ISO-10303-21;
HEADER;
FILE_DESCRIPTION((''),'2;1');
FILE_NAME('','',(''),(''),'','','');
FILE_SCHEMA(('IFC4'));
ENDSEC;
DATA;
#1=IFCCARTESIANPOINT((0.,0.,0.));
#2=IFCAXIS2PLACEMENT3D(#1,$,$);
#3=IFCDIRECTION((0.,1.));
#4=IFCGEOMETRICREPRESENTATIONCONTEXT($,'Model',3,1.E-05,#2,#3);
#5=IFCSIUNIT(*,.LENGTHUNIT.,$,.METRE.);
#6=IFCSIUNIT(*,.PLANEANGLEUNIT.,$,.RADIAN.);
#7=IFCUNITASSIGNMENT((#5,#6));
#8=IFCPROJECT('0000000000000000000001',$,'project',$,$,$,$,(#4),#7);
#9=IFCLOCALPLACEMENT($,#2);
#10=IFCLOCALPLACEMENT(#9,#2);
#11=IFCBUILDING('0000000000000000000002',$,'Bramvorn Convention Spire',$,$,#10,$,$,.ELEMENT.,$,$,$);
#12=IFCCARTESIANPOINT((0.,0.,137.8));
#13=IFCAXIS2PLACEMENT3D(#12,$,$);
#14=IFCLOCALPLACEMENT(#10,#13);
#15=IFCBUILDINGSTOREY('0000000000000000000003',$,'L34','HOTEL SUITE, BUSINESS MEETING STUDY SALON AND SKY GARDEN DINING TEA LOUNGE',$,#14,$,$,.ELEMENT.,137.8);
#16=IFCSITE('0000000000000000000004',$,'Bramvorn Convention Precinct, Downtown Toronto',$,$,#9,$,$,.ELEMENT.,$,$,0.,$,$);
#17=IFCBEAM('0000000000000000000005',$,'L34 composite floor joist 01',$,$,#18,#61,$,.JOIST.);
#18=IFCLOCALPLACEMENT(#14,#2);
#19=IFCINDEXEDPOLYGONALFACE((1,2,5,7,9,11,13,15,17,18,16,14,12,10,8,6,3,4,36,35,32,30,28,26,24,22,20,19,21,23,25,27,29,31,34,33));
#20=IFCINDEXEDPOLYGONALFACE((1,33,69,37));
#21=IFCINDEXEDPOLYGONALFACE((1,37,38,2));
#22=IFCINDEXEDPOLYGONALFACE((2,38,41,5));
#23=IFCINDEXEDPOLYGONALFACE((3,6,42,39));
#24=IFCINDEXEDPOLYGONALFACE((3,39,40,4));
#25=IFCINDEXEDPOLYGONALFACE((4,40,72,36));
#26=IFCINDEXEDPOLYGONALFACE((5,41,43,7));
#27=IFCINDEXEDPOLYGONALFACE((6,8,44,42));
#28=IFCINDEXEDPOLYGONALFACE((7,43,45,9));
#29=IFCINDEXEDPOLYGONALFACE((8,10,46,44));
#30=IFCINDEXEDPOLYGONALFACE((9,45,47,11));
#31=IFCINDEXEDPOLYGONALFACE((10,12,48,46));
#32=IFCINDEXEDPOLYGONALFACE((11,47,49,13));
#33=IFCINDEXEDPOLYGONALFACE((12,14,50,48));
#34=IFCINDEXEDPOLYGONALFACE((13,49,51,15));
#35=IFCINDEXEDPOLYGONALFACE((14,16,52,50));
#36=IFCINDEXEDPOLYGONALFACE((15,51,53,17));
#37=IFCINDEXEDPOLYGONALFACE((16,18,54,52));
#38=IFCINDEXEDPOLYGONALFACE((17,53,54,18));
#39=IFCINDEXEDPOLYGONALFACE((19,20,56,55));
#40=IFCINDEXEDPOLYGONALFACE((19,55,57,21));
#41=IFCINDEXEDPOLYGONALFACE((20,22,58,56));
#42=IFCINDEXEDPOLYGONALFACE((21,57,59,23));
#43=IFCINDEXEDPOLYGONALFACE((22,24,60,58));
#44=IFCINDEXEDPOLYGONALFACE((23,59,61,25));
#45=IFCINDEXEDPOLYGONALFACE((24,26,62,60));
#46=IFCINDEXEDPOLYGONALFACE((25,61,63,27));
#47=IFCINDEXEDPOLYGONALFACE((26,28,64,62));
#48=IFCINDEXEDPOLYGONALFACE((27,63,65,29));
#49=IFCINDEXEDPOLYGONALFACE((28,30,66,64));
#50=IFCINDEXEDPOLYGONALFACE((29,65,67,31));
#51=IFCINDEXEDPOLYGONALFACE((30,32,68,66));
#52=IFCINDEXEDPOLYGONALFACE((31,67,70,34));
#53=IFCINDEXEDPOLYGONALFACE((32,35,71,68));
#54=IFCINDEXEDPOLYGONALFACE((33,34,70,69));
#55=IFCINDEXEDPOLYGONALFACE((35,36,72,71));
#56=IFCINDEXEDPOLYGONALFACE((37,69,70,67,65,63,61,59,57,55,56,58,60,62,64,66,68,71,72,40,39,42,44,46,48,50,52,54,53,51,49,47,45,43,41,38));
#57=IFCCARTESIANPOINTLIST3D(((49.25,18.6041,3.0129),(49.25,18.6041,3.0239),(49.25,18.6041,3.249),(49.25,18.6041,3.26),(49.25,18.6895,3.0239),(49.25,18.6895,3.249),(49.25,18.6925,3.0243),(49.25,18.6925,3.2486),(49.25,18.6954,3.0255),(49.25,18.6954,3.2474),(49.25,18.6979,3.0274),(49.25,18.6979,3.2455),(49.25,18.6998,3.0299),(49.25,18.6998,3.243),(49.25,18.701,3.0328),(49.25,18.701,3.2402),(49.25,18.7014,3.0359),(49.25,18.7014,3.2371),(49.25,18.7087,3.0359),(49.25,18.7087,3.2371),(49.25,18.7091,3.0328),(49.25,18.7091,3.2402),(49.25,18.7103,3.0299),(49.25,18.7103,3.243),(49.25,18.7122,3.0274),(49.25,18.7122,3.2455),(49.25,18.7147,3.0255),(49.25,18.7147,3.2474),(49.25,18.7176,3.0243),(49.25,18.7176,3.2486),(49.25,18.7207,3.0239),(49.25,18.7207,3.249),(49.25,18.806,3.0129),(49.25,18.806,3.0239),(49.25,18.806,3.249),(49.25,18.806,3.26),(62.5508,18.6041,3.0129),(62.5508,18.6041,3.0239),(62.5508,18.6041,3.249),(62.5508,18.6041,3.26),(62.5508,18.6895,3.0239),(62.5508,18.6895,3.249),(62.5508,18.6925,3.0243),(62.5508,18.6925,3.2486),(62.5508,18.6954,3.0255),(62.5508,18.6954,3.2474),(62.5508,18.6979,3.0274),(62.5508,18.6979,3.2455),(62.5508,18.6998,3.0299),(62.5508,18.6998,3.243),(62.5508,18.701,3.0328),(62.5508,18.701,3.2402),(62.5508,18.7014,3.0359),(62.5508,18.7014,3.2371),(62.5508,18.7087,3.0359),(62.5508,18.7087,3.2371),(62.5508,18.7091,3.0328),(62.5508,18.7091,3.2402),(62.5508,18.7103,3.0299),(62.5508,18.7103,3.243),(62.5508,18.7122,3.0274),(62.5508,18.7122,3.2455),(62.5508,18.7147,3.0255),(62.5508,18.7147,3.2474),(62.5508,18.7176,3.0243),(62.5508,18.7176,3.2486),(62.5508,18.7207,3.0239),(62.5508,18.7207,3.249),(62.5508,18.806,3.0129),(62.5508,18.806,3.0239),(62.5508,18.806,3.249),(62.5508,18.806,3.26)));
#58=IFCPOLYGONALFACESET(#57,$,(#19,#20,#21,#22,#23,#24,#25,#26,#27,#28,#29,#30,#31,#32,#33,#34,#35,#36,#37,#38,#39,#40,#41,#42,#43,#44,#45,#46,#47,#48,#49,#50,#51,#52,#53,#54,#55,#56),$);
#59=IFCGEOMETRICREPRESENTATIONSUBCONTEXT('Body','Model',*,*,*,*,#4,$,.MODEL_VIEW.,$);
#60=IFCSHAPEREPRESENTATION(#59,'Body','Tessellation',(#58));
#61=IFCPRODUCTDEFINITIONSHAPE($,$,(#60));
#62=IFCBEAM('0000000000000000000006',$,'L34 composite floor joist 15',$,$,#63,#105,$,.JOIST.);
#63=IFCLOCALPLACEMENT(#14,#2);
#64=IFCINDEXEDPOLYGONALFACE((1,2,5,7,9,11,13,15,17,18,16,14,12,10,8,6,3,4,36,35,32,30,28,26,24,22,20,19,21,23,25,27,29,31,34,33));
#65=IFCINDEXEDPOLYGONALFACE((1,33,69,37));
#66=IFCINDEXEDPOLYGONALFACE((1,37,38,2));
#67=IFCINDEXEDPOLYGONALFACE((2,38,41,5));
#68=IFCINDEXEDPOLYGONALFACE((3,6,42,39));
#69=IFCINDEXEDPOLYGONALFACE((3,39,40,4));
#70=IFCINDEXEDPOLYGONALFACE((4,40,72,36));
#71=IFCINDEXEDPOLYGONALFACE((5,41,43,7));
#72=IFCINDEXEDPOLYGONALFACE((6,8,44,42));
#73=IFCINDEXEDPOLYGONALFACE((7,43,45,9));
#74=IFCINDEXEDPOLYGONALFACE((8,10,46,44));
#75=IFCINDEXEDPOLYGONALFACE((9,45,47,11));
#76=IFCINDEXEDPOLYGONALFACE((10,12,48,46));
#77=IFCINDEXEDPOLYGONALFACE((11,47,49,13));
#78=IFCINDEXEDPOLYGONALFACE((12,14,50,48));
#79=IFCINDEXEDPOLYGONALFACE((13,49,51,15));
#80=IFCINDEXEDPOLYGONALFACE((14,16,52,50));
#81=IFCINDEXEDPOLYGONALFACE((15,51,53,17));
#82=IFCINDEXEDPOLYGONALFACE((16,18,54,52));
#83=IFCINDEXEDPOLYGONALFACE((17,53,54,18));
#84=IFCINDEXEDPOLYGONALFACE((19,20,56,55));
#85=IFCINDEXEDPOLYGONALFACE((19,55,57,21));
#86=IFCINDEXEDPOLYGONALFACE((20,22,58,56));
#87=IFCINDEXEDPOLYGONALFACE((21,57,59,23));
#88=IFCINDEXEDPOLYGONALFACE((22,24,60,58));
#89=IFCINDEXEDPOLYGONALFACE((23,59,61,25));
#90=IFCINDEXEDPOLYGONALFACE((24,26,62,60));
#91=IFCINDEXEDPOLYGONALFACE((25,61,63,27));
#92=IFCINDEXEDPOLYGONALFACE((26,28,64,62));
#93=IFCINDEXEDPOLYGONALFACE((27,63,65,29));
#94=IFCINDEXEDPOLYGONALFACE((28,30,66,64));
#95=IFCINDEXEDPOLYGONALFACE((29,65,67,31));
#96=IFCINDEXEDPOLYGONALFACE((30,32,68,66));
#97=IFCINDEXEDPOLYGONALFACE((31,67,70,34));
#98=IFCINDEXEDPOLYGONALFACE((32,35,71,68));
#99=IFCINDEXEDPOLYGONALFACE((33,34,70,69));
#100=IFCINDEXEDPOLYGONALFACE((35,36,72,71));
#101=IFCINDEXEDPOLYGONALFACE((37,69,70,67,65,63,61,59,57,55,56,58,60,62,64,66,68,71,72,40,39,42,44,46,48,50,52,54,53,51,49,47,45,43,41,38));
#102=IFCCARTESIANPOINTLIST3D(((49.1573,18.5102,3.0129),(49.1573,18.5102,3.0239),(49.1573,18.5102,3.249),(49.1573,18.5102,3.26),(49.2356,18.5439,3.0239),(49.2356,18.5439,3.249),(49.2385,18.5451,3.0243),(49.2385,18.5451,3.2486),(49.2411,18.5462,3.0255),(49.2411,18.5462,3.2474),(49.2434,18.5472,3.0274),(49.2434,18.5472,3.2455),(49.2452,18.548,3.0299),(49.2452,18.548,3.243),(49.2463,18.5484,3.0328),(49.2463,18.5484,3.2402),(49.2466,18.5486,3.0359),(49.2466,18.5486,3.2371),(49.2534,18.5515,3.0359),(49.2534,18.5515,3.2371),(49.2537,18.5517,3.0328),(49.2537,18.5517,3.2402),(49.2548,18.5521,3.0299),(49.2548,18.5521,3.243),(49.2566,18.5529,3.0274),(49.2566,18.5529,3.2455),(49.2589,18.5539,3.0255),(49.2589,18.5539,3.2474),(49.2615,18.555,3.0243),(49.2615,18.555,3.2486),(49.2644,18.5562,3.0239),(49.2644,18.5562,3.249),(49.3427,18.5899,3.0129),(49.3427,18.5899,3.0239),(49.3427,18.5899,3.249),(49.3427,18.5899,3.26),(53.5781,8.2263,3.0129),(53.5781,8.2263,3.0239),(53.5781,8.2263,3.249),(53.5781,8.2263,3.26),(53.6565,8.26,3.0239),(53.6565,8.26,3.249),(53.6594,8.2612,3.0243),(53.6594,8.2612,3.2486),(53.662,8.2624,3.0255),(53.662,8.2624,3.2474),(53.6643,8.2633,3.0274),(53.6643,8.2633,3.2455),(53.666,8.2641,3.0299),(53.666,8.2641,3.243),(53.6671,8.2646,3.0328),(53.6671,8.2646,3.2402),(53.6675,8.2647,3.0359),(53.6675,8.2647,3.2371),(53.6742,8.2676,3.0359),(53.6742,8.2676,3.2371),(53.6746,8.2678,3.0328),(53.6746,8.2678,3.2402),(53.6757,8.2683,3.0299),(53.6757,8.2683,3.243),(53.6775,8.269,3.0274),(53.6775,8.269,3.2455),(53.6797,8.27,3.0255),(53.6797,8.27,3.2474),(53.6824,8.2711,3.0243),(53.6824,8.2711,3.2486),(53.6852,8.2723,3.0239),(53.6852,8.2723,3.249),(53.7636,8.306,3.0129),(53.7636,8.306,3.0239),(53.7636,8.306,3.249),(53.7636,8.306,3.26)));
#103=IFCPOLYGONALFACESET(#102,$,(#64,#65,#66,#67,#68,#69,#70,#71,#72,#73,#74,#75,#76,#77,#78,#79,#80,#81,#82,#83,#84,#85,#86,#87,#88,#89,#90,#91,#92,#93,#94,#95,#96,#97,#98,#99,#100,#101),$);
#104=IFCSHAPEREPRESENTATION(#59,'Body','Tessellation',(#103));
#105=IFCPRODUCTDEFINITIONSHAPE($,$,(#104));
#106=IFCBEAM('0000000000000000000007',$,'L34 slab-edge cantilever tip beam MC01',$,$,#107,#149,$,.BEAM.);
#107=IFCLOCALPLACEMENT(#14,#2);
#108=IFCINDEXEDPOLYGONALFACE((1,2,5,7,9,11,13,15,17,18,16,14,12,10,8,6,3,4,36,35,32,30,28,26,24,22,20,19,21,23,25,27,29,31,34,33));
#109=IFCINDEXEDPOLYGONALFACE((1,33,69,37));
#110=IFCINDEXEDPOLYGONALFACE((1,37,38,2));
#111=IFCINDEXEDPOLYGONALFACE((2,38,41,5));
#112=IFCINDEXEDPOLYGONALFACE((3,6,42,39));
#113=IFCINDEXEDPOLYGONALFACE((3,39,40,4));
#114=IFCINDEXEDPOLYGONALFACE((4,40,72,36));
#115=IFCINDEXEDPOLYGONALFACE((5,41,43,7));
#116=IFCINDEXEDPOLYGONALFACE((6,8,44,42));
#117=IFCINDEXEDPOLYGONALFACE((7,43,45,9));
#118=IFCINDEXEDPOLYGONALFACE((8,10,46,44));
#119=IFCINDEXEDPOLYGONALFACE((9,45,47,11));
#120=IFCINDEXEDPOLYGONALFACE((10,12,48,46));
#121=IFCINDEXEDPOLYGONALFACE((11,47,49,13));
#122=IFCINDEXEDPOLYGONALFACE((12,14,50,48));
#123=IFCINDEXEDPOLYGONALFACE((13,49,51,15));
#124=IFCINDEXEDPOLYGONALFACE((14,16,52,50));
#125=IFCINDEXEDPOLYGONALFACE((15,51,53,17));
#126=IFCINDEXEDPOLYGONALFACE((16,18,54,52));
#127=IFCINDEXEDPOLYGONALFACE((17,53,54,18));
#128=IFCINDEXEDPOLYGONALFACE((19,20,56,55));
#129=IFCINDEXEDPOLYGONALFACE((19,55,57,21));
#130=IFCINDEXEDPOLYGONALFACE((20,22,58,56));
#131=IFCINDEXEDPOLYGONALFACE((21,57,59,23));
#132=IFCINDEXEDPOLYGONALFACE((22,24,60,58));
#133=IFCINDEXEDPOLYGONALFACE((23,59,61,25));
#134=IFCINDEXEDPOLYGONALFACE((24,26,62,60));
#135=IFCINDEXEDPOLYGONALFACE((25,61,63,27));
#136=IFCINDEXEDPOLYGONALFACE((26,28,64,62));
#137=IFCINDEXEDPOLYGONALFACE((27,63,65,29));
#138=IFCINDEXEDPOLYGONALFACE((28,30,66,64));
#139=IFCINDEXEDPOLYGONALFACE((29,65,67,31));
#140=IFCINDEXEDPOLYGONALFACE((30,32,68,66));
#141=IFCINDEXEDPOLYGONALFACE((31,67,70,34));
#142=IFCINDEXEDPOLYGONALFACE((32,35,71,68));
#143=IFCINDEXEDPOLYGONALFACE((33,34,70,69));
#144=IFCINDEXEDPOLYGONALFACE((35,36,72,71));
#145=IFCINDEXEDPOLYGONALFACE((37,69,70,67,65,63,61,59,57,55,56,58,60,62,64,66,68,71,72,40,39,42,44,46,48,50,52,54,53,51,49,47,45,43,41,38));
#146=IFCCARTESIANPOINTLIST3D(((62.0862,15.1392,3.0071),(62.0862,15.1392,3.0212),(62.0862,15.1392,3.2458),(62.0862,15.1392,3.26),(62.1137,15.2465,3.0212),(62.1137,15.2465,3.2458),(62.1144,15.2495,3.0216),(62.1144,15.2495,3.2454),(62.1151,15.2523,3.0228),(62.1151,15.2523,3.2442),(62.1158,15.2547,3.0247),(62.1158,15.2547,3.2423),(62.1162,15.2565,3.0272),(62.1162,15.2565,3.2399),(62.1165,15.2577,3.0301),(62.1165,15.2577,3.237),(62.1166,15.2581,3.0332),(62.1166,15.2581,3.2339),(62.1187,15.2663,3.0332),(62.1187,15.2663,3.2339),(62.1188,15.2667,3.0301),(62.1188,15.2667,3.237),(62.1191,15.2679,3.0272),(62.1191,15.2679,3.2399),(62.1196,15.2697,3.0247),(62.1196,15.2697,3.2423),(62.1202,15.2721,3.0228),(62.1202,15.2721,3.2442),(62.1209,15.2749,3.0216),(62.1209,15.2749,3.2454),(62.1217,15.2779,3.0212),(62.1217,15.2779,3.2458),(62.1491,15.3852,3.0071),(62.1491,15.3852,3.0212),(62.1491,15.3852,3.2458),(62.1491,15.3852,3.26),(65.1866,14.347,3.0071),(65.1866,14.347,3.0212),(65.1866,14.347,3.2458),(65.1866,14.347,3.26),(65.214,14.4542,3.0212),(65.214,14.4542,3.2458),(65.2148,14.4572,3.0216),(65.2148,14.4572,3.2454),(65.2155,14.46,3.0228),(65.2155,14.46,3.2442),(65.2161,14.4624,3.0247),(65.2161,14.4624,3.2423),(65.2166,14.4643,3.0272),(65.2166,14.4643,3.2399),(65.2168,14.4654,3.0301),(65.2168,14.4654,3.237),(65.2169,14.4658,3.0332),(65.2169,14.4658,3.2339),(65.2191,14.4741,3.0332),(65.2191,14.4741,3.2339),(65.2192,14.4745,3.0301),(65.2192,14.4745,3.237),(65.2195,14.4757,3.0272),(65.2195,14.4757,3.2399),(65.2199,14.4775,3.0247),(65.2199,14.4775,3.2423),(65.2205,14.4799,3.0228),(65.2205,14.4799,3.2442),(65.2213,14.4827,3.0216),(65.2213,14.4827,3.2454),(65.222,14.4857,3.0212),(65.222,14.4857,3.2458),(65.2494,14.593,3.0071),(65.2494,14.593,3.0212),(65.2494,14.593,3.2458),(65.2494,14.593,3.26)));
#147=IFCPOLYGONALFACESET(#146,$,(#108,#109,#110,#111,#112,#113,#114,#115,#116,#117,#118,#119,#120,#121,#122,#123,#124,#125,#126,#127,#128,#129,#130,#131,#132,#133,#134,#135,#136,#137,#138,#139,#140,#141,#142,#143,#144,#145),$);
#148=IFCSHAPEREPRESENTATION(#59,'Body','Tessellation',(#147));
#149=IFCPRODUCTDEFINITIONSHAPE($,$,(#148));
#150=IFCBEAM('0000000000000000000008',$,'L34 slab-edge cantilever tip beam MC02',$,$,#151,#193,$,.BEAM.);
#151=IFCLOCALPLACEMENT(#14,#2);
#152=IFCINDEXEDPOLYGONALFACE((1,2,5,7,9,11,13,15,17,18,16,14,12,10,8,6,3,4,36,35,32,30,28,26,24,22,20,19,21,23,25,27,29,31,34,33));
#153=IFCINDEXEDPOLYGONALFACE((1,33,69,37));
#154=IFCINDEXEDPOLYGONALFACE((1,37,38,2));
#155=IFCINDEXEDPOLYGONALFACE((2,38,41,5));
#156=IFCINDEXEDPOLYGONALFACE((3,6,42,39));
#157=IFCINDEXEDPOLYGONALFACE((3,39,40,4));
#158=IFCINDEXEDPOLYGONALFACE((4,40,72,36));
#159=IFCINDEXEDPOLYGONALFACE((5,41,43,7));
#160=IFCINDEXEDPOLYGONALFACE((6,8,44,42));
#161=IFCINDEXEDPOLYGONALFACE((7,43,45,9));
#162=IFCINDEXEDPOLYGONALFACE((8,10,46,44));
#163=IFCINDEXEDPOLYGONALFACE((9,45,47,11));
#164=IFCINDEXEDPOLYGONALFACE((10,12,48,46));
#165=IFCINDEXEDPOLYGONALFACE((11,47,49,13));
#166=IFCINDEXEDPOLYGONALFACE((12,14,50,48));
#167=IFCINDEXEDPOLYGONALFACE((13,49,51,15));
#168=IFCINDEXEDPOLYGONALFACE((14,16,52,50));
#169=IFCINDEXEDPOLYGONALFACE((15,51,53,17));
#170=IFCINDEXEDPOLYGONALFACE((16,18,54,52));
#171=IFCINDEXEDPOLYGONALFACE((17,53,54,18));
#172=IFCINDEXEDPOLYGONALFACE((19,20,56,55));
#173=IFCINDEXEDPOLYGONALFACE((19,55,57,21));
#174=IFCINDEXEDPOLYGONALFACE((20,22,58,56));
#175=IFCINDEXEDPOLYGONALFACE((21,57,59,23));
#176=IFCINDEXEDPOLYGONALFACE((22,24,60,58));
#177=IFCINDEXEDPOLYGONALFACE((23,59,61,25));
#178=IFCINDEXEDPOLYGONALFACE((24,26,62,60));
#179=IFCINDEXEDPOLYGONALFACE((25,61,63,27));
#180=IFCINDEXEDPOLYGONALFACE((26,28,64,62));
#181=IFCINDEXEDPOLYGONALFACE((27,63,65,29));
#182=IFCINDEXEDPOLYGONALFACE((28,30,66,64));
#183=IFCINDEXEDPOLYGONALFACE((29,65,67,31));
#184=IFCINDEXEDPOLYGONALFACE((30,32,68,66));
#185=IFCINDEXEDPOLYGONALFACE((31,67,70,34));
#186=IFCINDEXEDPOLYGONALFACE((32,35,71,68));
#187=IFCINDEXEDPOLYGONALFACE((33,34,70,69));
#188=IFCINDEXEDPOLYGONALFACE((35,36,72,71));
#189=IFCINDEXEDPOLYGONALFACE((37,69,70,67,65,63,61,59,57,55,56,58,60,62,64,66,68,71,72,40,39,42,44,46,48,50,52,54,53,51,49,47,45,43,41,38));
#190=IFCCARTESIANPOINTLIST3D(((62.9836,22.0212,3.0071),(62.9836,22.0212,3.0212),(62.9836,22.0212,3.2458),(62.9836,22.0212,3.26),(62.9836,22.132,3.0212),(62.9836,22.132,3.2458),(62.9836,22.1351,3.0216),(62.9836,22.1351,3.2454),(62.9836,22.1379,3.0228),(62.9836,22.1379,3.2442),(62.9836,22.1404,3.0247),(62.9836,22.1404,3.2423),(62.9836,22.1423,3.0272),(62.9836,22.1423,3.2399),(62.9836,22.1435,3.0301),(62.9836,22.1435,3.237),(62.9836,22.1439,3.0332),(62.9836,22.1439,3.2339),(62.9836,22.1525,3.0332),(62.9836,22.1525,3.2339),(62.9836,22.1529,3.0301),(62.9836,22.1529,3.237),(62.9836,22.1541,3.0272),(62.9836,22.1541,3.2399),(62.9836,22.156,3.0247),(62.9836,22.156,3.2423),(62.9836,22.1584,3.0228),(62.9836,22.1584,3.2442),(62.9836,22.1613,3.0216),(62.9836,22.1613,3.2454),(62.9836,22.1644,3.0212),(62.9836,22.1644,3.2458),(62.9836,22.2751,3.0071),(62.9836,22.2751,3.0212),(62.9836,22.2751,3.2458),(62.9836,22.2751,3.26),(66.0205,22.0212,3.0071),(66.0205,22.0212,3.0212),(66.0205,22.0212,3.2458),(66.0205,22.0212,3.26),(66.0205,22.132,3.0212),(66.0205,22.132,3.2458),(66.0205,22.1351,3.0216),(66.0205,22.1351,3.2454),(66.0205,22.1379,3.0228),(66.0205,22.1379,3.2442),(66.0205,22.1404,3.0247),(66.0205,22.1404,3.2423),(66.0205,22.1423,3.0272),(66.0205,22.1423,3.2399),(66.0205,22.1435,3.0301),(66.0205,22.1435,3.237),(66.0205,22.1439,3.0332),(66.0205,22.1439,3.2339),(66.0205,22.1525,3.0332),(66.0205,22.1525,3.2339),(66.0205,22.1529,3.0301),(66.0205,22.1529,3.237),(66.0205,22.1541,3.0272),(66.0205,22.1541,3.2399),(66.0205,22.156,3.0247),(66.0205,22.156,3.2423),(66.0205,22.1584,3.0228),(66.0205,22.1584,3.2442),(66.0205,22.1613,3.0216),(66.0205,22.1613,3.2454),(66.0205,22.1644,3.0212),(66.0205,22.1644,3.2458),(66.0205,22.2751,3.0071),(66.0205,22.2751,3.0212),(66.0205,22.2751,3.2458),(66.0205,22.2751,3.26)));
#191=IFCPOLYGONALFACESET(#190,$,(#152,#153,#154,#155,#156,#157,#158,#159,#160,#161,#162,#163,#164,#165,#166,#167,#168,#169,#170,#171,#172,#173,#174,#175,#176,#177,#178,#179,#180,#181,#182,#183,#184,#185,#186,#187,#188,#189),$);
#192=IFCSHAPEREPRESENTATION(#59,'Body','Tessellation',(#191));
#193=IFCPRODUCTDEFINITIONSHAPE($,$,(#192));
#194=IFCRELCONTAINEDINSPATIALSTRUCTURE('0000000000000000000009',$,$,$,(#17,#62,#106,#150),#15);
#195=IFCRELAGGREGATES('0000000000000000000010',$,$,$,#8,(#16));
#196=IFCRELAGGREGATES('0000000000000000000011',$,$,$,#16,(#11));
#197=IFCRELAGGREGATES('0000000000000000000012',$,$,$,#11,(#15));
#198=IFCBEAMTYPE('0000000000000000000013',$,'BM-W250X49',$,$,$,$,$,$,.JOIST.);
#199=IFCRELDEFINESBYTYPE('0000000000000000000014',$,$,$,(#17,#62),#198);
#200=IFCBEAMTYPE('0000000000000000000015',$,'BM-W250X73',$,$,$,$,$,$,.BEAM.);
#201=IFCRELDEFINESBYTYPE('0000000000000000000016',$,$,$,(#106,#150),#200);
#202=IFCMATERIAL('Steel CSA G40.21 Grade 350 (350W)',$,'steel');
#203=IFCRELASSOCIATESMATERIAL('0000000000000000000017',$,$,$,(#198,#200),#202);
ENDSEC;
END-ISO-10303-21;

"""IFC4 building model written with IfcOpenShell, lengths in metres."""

from ifc_helpers import new_model, si_unit, direction, frame, origin, origin_2d, place, context, subcontext, project, spatial, i_section, extrude, material, material_profile, profile_set, type_object, element, save


model = new_model("IFC4")

# Units and contexts
model_context = context("Model", 3, precision=1e-05, world=origin(), true_north=direction((0.0, 1.0)))
body_context = subcontext(model_context, "Body", "Model", "MODEL_VIEW")
ifc_project = project(units=[si_unit("LENGTHUNIT", "METRE"), si_unit("PLANEANGLEUNIT", "RADIAN")], contexts=[model_context])

# Site, building, storey
site_placement = place(None, origin())
site = spatial("IfcSite", under=ifc_project, at=site_placement, Name="Bramvorn Convention Precinct, Downtown Toronto", CompositionType="ELEMENT", RefElevation=0.0)
building_placement = place(site_placement, origin())
building = spatial("IfcBuilding", under=site, at=building_placement, Name="Bramvorn Convention Spire", CompositionType="ELEMENT")
storey_placement = place(building_placement, frame((0.0, 0.0, 137.8)))
storey = spatial("IfcBuildingStorey", under=building, at=storey_placement, Name="L34", Description="HOTEL SUITE, BUSINESS MEETING STUDY SALON AND SKY GARDEN DINING TEA LOUNGE", CompositionType="ELEMENT", Elevation=137.8)

# Shared definitions
ifc_material_1 = material(Name="Steel CSA G40.21 Grade 350 (350W)", Category="steel")

# Beams
ifc_material_profile_1 = material_profile(ifc_material_1, i_section(OverallWidth=0.2019, OverallDepth=0.2471, WebThickness=0.0073, FlangeThickness=0.011, FilletRadius=0.012, at=origin_2d()))
ifc_profile_set_1 = profile_set([ifc_material_profile_1], Name="Steel CSA G40.21 Grade 350 (350W) - W250X49")
beam_type_1 = type_object("IfcBeamType", Name="BM-W250X49", PredefinedType="JOIST", material=ifc_profile_set_1)
beam_1_placement = place(storey_placement, frame((49.25, 18.7051, 3.1365), z_axis=(1.0, 0.0, 0.0), x_axis=(0.0, 1.0, 0.0)))
element("IfcBeam", 1, at=beam_1_placement, inside=storey, type_object=beam_type_1, Name="L34 composite floor joist 01", PredefinedType="JOIST", context=body_context, shape_type="SweptSolid", body=[
    extrude(i_section(OverallWidth=0.2019, OverallDepth=0.2471, WebThickness=0.0073, FlangeThickness=0.011, FilletRadius=0.012, at=origin_2d()), origin(), (0.0, 0.0, 1.0), 13.3008),
])
beam_2_placement = place(storey_placement, frame((49.25, 18.55, 3.1365), z_axis=(0.394938, -0.918708, 0.0), x_axis=(0.918708, 0.394938, 0.0)))
element("IfcBeam", 2, at=beam_2_placement, inside=storey, type_object=beam_type_1, Name="L34 composite floor joist 15", PredefinedType="JOIST", context=body_context, shape_type="SweptSolid", body=[
    extrude(i_section(OverallWidth=0.2019, OverallDepth=0.2471, WebThickness=0.0073, FlangeThickness=0.011, FilletRadius=0.012, at=origin_2d()), origin(), (0.0, 0.0, 1.0), 11.1938),
])
ifc_material_profile_2 = material_profile(ifc_material_1, i_section(OverallWidth=0.2539, OverallDepth=0.2529, WebThickness=0.0085, FlangeThickness=0.0142, FilletRadius=0.012, at=origin_2d()))
ifc_profile_set_2 = profile_set([ifc_material_profile_2], Name="Steel CSA G40.21 Grade 350 (350W) - W250X73")
beam_type_2 = type_object("IfcBeamType", Name="BM-W250X73", PredefinedType="BEAM", material=ifc_profile_set_2)
beam_3_placement = place(storey_placement, frame((62.1177, 15.2622, 3.1335), z_axis=(0.968868, -0.247577, 0.0), x_axis=(0.247577, 0.968868, 0.0)))
element("IfcBeam", 3, at=beam_3_placement, inside=storey, type_object=beam_type_2, Name="L34 slab-edge cantilever tip beam MC01", PredefinedType="BEAM", context=body_context, shape_type="SweptSolid", body=[
    extrude(i_section(OverallWidth=0.2539, OverallDepth=0.2529, WebThickness=0.0085, FlangeThickness=0.0142, FilletRadius=0.012, at=origin_2d()), origin(), (0.0, 0.0, 1.0), 3.2),
])
beam_4_placement = place(storey_placement, frame((62.9836, 22.1482, 3.1335), z_axis=(1.0, 0.0, 0.0), x_axis=(0.0, 1.0, 0.0)))
element("IfcBeam", 4, at=beam_4_placement, inside=storey, type_object=beam_type_2, Name="L34 slab-edge cantilever tip beam MC02", PredefinedType="BEAM", context=body_context, shape_type="SweptSolid", body=[
    extrude(i_section(OverallWidth=0.2539, OverallDepth=0.2529, WebThickness=0.0085, FlangeThickness=0.0142, FilletRadius=0.012, at=origin_2d()), origin(), (0.0, 0.0, 1.0), 3.0369),
])

save(model, "model.ifc")
